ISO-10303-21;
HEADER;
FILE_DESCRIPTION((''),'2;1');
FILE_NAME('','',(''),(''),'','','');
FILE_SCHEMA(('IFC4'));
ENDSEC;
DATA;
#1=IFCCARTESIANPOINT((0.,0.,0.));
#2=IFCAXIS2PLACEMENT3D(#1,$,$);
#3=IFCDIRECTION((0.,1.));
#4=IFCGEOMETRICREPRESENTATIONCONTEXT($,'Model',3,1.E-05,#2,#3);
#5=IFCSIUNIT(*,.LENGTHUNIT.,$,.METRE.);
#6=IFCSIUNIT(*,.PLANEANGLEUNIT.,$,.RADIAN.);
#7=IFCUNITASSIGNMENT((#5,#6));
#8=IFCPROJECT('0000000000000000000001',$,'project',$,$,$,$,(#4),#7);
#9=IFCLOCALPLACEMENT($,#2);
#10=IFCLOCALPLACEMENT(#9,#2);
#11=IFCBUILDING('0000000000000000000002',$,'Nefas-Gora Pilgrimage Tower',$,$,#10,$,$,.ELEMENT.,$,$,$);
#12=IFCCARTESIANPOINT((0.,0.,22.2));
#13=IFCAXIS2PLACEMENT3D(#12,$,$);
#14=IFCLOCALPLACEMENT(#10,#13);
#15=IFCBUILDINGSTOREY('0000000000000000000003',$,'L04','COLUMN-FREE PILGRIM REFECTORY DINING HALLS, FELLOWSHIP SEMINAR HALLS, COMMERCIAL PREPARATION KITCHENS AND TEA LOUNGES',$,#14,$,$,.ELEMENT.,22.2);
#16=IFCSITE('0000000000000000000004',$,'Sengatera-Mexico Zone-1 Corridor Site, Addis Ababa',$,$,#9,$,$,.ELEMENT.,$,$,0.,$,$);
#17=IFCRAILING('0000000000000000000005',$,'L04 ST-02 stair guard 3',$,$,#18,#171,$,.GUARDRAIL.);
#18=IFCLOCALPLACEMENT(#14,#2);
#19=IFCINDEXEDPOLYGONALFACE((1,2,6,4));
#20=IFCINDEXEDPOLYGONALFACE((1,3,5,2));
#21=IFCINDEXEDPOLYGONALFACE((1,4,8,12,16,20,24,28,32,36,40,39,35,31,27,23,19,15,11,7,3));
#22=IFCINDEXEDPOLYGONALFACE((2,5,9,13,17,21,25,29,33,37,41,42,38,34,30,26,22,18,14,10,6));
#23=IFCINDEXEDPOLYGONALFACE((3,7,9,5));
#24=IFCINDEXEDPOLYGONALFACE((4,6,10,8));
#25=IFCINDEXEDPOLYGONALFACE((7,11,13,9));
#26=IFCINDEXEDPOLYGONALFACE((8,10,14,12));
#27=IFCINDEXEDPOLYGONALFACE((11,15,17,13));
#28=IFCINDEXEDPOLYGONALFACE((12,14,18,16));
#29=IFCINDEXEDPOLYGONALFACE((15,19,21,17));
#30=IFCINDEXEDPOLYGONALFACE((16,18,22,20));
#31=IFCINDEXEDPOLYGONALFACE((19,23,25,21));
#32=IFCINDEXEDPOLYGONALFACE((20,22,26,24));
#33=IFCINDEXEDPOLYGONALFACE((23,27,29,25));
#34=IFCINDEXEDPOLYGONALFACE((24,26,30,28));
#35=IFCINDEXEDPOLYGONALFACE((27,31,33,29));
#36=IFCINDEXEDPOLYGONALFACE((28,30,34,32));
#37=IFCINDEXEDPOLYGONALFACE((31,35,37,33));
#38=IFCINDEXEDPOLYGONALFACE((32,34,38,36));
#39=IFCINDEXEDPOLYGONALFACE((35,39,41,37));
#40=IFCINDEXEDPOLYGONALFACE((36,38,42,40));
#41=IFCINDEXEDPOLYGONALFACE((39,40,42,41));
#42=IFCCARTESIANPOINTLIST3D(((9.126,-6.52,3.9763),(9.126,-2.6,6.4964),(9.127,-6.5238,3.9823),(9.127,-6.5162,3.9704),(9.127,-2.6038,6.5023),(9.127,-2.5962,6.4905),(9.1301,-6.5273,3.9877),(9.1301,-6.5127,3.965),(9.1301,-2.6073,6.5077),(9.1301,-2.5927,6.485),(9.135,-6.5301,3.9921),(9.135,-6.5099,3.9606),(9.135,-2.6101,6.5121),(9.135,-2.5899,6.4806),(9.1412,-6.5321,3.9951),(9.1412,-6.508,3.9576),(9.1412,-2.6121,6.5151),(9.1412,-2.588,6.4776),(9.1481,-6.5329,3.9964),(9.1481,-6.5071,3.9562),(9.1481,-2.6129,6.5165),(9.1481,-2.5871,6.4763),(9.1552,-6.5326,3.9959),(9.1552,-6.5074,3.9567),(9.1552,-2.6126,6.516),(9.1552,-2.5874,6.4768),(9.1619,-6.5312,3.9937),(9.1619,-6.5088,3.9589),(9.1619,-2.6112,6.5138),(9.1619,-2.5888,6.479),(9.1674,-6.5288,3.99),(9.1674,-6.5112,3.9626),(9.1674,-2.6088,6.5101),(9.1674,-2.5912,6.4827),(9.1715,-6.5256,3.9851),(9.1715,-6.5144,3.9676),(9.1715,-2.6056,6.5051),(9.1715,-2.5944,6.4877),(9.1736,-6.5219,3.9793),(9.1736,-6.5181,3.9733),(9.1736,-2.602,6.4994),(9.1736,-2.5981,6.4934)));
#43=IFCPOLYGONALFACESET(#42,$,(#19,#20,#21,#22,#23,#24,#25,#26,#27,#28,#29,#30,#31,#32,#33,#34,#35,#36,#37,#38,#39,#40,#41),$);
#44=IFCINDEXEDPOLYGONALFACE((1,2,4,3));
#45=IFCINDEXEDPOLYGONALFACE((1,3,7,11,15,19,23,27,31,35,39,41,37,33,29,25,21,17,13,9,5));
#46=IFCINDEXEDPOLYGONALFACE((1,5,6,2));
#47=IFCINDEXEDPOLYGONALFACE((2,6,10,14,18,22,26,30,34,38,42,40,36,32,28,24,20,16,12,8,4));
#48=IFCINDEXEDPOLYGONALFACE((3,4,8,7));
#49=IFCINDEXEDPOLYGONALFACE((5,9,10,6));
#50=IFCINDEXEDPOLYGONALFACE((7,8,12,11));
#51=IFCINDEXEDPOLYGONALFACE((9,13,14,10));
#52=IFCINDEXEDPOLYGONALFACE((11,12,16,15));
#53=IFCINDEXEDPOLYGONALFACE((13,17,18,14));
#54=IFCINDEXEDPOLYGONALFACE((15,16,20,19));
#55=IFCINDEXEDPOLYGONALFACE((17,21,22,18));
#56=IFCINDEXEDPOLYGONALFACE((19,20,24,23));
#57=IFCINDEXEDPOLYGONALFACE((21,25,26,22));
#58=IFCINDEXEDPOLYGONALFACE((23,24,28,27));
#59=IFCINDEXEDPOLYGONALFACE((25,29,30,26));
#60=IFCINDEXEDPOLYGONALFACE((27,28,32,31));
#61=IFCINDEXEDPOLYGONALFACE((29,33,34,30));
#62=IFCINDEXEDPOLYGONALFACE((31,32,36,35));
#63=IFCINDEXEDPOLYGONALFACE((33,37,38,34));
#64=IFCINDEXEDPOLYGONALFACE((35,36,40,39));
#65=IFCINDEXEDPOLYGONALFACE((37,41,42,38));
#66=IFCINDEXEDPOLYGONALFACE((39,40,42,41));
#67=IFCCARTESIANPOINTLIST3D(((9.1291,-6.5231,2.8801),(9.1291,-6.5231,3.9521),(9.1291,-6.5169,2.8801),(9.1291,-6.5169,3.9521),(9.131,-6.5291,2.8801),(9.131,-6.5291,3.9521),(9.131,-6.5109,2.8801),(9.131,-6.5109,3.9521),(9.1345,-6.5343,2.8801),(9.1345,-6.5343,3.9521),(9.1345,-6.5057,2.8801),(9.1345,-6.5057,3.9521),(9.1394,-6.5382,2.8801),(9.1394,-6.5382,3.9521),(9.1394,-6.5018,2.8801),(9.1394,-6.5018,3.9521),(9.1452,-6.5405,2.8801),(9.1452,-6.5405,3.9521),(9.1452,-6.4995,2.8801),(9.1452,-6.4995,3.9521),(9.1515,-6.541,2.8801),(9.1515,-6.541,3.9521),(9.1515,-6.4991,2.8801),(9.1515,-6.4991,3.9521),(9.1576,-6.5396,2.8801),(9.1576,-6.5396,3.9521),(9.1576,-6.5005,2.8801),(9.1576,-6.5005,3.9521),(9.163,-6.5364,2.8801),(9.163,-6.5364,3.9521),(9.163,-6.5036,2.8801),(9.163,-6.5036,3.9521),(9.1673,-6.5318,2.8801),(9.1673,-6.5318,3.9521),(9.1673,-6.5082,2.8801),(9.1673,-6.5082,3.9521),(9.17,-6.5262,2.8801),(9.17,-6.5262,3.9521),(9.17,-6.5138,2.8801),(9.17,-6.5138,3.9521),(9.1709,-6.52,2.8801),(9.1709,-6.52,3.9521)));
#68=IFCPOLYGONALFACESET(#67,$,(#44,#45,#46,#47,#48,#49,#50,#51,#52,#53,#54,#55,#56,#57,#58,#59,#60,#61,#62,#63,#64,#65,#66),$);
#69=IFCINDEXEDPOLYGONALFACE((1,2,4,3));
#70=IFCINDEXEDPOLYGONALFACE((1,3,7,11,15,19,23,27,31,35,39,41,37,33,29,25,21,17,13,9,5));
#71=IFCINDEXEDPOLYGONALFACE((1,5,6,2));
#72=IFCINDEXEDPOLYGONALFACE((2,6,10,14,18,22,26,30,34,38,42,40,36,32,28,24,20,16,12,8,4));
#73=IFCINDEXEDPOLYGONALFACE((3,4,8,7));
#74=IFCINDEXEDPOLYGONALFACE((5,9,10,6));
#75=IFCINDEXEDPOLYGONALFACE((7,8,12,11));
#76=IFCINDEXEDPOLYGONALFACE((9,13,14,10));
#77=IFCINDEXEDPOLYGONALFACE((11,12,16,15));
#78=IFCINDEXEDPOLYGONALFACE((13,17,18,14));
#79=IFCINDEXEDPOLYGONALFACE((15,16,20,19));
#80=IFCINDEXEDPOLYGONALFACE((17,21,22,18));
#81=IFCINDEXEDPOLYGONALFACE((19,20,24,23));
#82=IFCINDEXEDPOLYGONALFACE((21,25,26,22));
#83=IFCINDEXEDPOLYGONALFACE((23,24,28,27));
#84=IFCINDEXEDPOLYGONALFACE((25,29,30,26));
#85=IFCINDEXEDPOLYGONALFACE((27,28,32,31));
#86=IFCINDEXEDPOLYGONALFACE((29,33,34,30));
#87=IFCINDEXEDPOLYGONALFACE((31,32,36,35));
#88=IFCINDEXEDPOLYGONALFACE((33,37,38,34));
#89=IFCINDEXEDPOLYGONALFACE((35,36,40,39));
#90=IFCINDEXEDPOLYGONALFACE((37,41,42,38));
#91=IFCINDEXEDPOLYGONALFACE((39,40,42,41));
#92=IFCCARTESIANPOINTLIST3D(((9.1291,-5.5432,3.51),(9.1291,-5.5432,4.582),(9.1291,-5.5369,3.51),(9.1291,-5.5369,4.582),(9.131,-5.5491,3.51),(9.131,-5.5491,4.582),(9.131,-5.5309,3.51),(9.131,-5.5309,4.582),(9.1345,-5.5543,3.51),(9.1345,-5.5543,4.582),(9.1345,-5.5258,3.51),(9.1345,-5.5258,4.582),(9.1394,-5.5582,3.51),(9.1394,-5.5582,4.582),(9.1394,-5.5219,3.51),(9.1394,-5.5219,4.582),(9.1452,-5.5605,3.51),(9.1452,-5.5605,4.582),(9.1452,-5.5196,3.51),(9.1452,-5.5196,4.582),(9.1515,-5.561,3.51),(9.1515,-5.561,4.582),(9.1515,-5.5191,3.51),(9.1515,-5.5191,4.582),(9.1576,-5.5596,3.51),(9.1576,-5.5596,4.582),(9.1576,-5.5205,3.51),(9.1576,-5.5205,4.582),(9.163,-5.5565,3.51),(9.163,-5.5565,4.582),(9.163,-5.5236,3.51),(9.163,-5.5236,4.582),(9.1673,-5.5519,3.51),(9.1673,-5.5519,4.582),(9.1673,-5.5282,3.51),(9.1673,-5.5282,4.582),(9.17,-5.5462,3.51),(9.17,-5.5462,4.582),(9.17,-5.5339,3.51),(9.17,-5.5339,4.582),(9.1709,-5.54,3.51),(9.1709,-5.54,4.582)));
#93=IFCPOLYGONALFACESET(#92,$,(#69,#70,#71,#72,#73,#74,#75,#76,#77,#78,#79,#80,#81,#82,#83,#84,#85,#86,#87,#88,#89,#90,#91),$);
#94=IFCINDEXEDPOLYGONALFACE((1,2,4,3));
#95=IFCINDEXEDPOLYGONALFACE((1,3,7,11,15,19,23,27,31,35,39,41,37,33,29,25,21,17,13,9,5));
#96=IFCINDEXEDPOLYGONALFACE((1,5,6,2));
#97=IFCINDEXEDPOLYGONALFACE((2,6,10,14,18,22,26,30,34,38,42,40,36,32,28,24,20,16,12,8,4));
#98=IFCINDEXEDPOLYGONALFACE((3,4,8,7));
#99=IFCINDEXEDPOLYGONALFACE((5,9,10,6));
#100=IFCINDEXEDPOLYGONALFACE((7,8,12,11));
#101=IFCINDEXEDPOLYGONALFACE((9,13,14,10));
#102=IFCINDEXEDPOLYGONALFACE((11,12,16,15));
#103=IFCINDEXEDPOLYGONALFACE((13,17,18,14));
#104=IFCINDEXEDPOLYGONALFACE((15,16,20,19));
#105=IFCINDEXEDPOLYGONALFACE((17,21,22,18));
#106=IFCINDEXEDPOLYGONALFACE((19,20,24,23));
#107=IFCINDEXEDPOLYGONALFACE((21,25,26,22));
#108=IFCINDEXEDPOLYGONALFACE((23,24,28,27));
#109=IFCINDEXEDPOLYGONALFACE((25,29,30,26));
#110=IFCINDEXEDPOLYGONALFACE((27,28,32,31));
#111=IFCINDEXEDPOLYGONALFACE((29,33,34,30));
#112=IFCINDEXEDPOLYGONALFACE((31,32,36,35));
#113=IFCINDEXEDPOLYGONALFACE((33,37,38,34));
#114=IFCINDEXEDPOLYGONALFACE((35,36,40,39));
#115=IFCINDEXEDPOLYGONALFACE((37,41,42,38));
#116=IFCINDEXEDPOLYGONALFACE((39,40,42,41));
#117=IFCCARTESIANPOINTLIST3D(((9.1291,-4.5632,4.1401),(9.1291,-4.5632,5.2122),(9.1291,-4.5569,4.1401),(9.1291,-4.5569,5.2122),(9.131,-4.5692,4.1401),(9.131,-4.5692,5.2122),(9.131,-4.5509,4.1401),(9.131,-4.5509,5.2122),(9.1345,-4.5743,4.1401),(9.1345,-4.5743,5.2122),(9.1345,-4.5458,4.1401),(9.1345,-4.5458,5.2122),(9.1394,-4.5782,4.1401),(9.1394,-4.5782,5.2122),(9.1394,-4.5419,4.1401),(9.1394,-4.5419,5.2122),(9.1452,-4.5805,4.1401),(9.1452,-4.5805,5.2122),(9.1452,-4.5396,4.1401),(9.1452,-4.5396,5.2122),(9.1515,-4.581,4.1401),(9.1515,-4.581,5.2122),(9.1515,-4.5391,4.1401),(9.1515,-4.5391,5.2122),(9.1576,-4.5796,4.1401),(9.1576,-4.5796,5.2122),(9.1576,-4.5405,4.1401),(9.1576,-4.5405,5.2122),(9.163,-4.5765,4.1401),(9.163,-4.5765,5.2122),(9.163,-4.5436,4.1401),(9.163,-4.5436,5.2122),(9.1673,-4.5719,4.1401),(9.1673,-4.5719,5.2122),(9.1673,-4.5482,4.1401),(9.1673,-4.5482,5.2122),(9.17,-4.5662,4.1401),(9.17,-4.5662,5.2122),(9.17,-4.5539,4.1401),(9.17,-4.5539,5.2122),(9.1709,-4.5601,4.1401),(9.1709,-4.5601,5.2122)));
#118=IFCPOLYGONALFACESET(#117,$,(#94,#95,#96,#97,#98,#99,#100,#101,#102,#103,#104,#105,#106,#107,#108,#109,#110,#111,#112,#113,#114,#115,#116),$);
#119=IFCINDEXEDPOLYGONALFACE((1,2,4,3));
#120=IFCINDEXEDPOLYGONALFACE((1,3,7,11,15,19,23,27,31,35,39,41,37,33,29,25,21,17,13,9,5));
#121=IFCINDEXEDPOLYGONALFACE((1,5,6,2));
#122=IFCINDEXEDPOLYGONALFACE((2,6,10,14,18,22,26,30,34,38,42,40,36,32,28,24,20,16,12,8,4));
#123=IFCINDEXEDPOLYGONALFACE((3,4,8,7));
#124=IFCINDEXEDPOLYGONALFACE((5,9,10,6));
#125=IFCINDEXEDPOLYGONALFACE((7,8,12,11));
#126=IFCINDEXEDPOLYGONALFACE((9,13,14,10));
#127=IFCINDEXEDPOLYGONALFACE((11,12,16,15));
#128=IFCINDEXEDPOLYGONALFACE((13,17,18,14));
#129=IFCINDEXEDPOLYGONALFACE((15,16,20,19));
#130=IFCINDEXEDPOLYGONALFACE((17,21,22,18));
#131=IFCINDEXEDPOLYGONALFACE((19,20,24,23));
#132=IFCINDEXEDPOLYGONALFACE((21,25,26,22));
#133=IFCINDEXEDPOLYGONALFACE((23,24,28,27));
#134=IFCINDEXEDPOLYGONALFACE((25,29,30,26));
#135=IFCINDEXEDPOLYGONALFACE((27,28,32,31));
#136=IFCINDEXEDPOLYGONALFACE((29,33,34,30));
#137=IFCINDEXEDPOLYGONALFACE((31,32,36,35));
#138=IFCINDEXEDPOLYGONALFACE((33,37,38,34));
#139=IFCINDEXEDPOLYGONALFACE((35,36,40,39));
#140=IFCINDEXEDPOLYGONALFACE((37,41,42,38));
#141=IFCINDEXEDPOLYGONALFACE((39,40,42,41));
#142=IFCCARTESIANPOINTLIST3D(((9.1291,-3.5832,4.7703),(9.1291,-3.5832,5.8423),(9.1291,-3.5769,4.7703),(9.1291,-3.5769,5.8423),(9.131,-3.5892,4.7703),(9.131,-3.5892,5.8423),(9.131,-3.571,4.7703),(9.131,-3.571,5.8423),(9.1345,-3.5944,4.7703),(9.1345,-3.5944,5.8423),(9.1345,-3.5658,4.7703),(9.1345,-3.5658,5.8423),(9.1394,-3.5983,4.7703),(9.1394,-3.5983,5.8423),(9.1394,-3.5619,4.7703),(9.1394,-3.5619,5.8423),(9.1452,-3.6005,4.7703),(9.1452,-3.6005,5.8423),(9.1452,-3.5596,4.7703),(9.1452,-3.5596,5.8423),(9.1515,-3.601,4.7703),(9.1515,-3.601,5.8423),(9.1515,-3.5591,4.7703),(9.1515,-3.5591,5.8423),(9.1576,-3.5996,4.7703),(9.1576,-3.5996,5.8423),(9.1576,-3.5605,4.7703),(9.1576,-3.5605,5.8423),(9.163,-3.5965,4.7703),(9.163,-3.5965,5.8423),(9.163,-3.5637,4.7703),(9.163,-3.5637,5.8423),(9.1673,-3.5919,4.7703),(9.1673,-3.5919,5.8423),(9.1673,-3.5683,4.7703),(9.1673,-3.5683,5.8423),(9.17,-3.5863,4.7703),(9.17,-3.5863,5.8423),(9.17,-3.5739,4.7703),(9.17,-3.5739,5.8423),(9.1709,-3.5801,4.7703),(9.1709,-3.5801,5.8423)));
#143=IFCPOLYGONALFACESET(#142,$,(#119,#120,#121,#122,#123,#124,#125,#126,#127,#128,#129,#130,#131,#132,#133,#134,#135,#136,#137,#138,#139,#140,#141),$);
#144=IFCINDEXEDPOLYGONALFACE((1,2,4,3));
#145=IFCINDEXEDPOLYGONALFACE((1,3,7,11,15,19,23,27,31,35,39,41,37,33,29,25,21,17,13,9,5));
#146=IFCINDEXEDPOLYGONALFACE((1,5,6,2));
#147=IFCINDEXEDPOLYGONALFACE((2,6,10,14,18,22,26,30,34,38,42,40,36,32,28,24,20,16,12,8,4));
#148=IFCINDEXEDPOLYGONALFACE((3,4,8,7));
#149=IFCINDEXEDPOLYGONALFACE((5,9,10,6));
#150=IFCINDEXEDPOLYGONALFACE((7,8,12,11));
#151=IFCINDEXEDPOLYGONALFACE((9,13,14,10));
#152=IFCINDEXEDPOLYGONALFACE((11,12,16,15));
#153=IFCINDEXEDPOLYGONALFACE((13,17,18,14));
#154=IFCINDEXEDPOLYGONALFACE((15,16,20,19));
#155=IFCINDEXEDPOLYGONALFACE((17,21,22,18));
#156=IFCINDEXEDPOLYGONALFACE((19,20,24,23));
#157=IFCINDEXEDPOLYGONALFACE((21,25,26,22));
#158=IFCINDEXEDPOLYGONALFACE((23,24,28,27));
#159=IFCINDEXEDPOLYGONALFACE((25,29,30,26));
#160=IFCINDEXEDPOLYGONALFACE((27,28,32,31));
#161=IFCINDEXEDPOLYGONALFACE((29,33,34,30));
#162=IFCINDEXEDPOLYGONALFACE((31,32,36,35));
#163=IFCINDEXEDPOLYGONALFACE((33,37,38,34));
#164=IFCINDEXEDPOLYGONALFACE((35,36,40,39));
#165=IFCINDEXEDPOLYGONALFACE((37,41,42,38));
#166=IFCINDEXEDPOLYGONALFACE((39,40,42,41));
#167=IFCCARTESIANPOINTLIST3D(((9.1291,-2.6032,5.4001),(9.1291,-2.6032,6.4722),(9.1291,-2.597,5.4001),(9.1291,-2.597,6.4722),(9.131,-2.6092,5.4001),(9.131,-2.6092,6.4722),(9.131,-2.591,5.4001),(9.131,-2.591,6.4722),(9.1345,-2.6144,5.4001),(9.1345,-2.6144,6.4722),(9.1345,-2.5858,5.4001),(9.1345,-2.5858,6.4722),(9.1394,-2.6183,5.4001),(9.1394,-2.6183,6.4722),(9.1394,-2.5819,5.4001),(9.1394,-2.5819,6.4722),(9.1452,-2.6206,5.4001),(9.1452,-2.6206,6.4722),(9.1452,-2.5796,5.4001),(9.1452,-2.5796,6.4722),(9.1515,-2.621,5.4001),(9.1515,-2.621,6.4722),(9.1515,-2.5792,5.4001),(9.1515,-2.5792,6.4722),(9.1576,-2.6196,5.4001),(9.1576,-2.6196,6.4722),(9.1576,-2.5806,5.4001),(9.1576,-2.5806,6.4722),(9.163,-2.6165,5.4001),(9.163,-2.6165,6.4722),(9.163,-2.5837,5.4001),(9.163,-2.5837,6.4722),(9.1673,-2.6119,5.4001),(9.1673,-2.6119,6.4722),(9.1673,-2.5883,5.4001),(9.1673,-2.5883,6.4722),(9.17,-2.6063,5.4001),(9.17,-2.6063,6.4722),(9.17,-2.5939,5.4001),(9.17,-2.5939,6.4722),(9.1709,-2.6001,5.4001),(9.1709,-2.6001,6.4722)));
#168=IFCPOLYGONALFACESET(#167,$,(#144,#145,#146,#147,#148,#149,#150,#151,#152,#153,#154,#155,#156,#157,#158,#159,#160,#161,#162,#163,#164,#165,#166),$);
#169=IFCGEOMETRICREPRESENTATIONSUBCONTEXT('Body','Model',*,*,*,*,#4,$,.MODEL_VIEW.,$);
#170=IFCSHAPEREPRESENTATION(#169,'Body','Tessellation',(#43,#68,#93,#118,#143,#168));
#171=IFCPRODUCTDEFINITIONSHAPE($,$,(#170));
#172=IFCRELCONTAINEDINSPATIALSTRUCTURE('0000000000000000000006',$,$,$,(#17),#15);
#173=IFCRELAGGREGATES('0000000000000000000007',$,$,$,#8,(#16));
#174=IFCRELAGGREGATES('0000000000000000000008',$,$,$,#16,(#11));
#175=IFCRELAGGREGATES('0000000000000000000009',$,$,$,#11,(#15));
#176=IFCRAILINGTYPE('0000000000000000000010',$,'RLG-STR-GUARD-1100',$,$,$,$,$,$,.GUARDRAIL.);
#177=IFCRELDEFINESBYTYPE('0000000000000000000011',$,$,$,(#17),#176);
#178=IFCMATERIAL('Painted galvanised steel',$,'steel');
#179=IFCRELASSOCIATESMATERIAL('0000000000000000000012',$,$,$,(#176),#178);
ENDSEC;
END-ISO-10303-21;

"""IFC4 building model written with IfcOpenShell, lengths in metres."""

from ifc_helpers import new_model, si_unit, direction, frame, origin, origin_2d, place, context, subcontext, project, spatial, circle, extrude, material, type_object, element, save


model = new_model("IFC4")

# Units and contexts
model_context = context("Model", 3, precision=1e-05, world=origin(), true_north=direction((0.0, 1.0)))
body_context = subcontext(model_context, "Body", "Model", "MODEL_VIEW")
ifc_project = project(units=[si_unit("LENGTHUNIT", "METRE"), si_unit("PLANEANGLEUNIT", "RADIAN")], contexts=[model_context])

# Site, building, storey
site_placement = place(None, origin())
site = spatial("IfcSite", under=ifc_project, at=site_placement, Name="Sengatera-Mexico Zone-1 Corridor Site, Addis Ababa", CompositionType="ELEMENT", RefElevation=0.0)
building_placement = place(site_placement, origin())
building = spatial("IfcBuilding", under=site, at=building_placement, Name="Nefas-Gora Pilgrimage Tower", CompositionType="ELEMENT")
storey_placement = place(building_placement, frame((0.0, 0.0, 22.2)))
storey = spatial("IfcBuildingStorey", under=building, at=storey_placement, Name="L04", Description="COLUMN-FREE PILGRIM REFECTORY DINING HALLS, FELLOWSHIP SEMINAR HALLS, COMMERCIAL PREPARATION KITCHENS AND TEA LOUNGES", CompositionType="ELEMENT", Elevation=22.2)

# Railing
ifc_material_1 = material(Name="Painted galvanised steel", Category="steel")
railing_type_1 = type_object("IfcRailingType", Name="RLG-STR-GUARD-1100", PredefinedType="GUARDRAIL", material=ifc_material_1)
railing_1_placement = place(storey_placement, frame((9.1499, -6.52, 2.8801)))
element("IfcRailing", 1, at=railing_1_placement, inside=storey, type_object=railing_type_1, Name="L04 ST-02 stair guard 3", PredefinedType="GUARDRAIL", context=body_context, shape_type="SweptSolid", body=[
    extrude(circle(Radius=0.0239, at=origin_2d()), frame((0.0, 0.0, 1.0962), z_axis=(0.0, 0.841172, 0.540768), x_axis=(-1.0, 0.0, 0.0)), (0.0, 0.0, 1.0), 4.6602),
    extrude(circle(Radius=0.021, at=origin_2d()), origin(), (0.0, 0.0, 1.0), 1.072),
    extrude(circle(Radius=0.021, at=origin_2d()), frame((0.0, 0.98, 0.6299)), (0.0, 0.0, 1.0), 1.072),
    extrude(circle(Radius=0.021, at=origin_2d()), frame((0.0, 1.96, 1.26)), (0.0, 0.0, 1.0), 1.072),
    extrude(circle(Radius=0.021, at=origin_2d()), frame((0.0, 2.9399, 1.8901)), (0.0, 0.0, 1.0), 1.072),
    extrude(circle(Radius=0.021, at=origin_2d()), frame((0.0, 3.9199, 2.52)), (0.0, 0.0, 1.0), 1.072),
])

save(model, "model.ifc")
